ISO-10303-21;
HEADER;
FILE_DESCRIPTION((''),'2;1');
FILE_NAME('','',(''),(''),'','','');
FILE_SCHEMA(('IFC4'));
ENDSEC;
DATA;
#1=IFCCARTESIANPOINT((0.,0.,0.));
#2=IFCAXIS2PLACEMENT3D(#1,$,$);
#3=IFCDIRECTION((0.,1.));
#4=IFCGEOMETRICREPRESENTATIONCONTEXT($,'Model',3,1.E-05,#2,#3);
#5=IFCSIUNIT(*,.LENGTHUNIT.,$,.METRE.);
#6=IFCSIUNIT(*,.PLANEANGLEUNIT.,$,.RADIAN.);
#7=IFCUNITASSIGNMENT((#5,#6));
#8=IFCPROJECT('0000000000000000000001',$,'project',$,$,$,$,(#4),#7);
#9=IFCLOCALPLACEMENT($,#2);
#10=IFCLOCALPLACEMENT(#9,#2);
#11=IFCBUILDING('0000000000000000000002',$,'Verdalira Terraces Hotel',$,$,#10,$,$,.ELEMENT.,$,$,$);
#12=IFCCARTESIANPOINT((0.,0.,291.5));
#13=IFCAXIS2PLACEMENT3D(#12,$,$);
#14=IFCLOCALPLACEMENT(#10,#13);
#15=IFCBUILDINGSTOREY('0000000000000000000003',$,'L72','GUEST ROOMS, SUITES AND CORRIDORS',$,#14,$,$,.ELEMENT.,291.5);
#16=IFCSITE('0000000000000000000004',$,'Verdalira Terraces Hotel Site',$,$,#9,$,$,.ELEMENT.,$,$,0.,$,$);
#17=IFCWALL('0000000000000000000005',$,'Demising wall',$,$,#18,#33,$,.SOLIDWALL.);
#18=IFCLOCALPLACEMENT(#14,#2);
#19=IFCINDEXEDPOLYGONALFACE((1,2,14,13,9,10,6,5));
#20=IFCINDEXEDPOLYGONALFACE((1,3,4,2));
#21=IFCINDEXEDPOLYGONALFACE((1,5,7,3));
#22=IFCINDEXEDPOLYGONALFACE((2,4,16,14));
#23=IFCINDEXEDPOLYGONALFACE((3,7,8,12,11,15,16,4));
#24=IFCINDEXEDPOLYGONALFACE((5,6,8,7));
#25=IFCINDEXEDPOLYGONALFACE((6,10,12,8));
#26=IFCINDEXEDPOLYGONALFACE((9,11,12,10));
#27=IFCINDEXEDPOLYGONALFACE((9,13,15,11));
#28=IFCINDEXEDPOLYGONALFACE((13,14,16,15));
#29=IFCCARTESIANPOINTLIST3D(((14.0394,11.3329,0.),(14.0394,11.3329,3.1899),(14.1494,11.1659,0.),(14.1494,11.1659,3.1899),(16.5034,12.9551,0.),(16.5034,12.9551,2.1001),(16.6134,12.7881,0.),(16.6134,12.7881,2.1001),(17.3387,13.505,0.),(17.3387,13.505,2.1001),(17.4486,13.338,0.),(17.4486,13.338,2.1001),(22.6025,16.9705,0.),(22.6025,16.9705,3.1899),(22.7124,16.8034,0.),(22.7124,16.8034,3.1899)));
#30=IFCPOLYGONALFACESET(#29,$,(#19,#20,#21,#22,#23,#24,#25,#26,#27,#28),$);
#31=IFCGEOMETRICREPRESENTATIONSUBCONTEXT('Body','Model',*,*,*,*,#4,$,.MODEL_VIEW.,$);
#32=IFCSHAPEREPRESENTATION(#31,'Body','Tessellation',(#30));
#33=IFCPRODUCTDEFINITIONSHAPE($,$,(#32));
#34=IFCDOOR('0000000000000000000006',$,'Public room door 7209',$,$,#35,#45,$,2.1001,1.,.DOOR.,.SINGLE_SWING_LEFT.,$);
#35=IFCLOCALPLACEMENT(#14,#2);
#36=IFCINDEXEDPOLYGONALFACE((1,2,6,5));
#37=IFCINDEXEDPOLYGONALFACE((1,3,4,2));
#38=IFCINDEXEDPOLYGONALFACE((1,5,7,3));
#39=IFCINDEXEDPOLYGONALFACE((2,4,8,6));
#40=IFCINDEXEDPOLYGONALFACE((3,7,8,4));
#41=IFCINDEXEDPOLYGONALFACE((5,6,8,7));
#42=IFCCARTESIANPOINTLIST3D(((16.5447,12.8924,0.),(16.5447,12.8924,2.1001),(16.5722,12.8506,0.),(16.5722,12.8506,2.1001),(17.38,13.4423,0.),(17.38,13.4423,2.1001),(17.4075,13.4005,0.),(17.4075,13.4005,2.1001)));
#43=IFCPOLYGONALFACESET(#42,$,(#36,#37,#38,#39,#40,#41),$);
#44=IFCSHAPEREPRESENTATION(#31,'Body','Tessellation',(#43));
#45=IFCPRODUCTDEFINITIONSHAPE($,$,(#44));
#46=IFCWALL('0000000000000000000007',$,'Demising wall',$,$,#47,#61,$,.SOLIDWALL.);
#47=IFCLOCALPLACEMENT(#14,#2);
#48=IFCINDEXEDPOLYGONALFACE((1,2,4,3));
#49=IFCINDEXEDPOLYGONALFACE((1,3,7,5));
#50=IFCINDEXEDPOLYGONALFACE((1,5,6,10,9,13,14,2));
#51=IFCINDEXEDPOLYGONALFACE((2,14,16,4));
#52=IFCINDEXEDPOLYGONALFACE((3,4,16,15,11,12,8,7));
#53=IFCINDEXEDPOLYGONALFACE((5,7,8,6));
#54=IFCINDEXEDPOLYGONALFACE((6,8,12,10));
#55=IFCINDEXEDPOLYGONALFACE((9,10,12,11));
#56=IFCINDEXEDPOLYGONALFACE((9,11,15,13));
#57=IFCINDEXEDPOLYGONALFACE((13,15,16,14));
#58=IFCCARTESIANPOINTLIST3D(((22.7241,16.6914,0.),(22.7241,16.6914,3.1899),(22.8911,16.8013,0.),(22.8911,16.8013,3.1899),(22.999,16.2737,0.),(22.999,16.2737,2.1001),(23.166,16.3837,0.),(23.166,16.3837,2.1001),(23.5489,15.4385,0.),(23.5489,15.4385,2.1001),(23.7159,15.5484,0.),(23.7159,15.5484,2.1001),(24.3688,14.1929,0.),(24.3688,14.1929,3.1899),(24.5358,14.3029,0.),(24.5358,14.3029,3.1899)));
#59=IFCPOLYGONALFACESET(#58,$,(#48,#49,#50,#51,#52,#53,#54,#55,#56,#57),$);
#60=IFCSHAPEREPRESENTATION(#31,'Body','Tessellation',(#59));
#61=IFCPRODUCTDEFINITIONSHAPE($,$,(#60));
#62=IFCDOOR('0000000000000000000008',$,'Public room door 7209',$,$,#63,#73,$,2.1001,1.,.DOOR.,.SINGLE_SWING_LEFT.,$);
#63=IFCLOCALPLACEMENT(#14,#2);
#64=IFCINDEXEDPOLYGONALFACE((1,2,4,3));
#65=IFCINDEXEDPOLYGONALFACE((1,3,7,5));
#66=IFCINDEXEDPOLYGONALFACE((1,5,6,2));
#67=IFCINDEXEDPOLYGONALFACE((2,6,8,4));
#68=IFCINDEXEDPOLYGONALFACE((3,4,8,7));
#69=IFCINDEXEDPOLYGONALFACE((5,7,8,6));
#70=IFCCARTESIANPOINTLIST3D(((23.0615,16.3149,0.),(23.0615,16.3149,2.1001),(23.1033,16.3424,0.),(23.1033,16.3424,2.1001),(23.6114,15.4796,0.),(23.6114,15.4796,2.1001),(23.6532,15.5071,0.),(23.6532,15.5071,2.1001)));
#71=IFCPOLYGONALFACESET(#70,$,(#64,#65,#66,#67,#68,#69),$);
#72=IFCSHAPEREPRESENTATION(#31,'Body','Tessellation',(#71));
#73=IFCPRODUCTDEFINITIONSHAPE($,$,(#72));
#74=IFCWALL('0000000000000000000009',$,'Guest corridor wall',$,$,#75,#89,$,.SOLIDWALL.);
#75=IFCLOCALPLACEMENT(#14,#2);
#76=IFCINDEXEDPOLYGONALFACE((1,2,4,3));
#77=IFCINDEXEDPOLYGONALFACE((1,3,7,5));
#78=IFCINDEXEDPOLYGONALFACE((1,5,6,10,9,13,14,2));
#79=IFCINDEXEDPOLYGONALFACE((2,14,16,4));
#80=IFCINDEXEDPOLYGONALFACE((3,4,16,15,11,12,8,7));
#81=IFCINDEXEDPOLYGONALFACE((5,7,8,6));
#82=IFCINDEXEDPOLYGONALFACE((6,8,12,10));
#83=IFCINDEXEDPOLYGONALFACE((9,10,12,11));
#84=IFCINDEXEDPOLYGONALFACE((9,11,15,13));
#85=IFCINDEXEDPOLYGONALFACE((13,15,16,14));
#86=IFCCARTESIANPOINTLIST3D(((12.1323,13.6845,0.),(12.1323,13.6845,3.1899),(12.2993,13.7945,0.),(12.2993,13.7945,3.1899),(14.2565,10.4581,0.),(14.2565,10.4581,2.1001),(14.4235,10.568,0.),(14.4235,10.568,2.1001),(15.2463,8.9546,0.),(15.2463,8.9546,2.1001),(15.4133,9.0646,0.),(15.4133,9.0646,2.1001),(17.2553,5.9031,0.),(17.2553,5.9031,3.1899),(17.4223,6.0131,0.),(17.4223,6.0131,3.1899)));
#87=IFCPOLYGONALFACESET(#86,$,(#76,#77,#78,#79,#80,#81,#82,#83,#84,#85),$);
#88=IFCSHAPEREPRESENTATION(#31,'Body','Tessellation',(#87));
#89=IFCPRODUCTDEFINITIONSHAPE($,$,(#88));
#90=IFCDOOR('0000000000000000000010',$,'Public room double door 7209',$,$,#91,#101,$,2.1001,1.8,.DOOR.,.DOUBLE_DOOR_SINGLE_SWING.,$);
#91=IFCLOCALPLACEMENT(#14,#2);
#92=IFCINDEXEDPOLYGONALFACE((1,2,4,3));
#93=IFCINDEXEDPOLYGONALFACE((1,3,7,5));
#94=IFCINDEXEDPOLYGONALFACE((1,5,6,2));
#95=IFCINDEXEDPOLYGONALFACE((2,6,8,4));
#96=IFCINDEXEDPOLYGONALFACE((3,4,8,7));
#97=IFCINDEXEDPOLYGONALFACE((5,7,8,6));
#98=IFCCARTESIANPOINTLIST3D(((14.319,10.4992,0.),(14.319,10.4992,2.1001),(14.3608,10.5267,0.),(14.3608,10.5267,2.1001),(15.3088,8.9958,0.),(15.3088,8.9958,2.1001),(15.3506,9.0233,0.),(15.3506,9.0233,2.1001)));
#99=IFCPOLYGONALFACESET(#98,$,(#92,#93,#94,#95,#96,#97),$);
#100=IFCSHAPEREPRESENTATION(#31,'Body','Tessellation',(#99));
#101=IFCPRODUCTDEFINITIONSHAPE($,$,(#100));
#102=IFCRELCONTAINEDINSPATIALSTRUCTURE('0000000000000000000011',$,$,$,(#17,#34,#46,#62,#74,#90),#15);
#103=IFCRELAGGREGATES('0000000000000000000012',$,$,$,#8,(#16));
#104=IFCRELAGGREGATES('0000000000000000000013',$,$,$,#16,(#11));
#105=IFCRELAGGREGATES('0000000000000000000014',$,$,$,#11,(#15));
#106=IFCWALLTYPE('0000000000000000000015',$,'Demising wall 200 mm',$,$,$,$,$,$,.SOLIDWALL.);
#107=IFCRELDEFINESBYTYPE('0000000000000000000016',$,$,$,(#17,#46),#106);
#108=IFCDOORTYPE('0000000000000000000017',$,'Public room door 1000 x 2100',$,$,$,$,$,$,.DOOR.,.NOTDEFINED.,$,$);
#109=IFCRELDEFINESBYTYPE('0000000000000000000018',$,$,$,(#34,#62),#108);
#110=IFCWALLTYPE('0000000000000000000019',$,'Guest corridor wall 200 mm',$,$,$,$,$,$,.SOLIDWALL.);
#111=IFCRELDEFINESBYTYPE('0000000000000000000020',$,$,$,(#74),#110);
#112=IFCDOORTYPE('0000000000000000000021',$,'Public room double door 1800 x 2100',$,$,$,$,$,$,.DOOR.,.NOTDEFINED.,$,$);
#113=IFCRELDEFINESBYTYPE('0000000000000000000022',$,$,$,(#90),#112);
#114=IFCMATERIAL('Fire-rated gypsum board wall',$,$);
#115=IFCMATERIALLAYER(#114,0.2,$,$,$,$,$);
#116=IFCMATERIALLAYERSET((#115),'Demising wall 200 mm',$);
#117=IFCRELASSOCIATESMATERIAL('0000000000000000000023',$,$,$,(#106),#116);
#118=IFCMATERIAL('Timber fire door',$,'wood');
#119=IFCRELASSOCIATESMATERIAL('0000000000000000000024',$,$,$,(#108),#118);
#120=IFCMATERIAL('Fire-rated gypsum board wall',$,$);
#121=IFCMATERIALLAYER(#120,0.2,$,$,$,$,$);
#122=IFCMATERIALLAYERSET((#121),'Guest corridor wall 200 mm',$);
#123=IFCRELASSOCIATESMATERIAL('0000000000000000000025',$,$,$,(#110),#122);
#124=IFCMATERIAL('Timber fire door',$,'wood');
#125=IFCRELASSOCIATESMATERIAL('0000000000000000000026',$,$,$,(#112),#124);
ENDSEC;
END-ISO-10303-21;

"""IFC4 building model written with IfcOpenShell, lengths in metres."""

from ifc_helpers import new_model, si_unit, direction, frame, frame_2d, origin, place, context, subcontext, project, spatial, rectangle, extrude, material, layer, layer_set, type_object, element, fill, save


model = new_model("IFC4")

# Units and contexts
model_context = context("Model", 3, precision=1e-05, world=origin(), true_north=direction((0.0, 1.0)))
body_context = subcontext(model_context, "Body", "Model", "MODEL_VIEW")
ifc_project = project(units=[si_unit("LENGTHUNIT", "METRE"), si_unit("PLANEANGLEUNIT", "RADIAN")], contexts=[model_context])

# Site, building, storey
site_placement = place(None, origin())
site = spatial("IfcSite", under=ifc_project, at=site_placement, Name="Verdalira Terraces Hotel Site", CompositionType="ELEMENT", RefElevation=0.0)
building_placement = place(site_placement, origin())
building = spatial("IfcBuilding", under=site, at=building_placement, Name="Verdalira Terraces Hotel", CompositionType="ELEMENT")
storey_placement = place(building_placement, frame((0.0, 0.0, 291.5)))
storey = spatial("IfcBuildingStorey", under=building, at=storey_placement, Name="L72", Description="GUEST ROOMS, SUITES AND CORRIDORS", CompositionType="ELEMENT", Elevation=291.5)

# Shared definitions
ifc_material_1 = material(Name="Fire-rated gypsum board wall")
ifc_layer_1 = layer(ifc_material_1, 0.2)
ifc_layer_set_1 = layer_set([ifc_layer_1], Name="Demising wall 200 mm")
wall_type_1 = type_object("IfcWallType", Name="Demising wall 200 mm", PredefinedType="SOLIDWALL", material=ifc_layer_set_1)

# Walls, openings, doors
wall_1_placement = place(storey_placement, frame((14.0945, 11.2495, 0.0), z_axis=(0.0, 0.0, 1.0), x_axis=(0.835242, 0.549882, 0.0)))
wall_1 = element("IfcWall", 1, at=wall_1_placement, inside=storey, type_object=wall_type_1, Name="Demising wall", PredefinedType="SOLIDWALL", context=body_context, shape_type="SweptSolid", body=[
    extrude(rectangle(XDim=10.2522, YDim=0.2, at=frame_2d((5.126, 0.0))), origin(), (0.0, 0.0, 1.0), 3.1899),
])
opening_1_placement = place(wall_1_placement, frame((2.95, 0.0, 0.0)))
opening_1 = element("IfcOpeningElement", 2, at=opening_1_placement, cuts=wall_1, PredefinedType="OPENING", context=body_context, shape_type="SweptSolid", body=[
    extrude(rectangle(XDim=1.0, YDim=2.1001, at=frame_2d((0.5, 1.05))), frame((0.0, 0.1099, 0.0), z_axis=(0.0, -1.0, 0.0), x_axis=(1.0, 0.0, 0.0)), (0.0, 0.0, 1.0), 0.22),
])
ifc_material_2 = material(Name="Timber fire door", Category="wood")
door_type_1 = type_object("IfcDoorType", Name="Public room door 1000 x 2100", OperationType="NOTDEFINED", PredefinedType="DOOR", material=ifc_material_2)
door_1_placement = place(opening_1_placement, origin())
door_1 = element("IfcDoor", 3, at=door_1_placement, inside=storey, type_object=door_type_1, Name="Public room door 7209", OperationType="SINGLE_SWING_LEFT", OverallHeight=2.1001, OverallWidth=1.0, PredefinedType="DOOR", context=body_context, shape_type="SweptSolid", body=[
    extrude(rectangle(XDim=1.0, YDim=2.1001, at=frame_2d((0.5, 1.05))), frame((0.0, 0.0249, 0.0), z_axis=(0.0, -1.0, 0.0), x_axis=(1.0, 0.0, 0.0)), (0.0, 0.0, 1.0), 0.05),
])
fill(opening_1, door_1)
wall_2_placement = place(storey_placement, frame((22.8076, 16.7463, 0.0), z_axis=(0.0, 0.0, 1.0), x_axis=(0.54985, -0.835263, 0.0)))
wall_2 = element("IfcWall", 4, at=wall_2_placement, inside=storey, type_object=wall_type_1, Name="Demising wall", PredefinedType="SOLIDWALL", context=body_context, shape_type="SweptSolid", body=[
    extrude(rectangle(XDim=2.9912, YDim=0.2, at=frame_2d((1.4956, 0.0))), origin(), (0.0, 0.0, 1.0), 3.1899),
])
opening_2_placement = place(wall_2_placement, frame((0.5, 0.0, 0.0)))
opening_2 = element("IfcOpeningElement", 5, at=opening_2_placement, cuts=wall_2, PredefinedType="OPENING", context=body_context, shape_type="SweptSolid", body=[
    extrude(rectangle(XDim=1.0, YDim=2.1001, at=frame_2d((0.5, 1.05))), frame((0.0, 0.1099, 0.0), z_axis=(0.0, -1.0, 0.0), x_axis=(1.0, 0.0, 0.0)), (0.0, 0.0, 1.0), 0.22),
])
door_2_placement = place(opening_2_placement, origin())
door_2 = element("IfcDoor", 6, at=door_2_placement, inside=storey, type_object=door_type_1, Name="Public room door 7209", OperationType="SINGLE_SWING_LEFT", OverallHeight=2.1001, OverallWidth=1.0, PredefinedType="DOOR", context=body_context, shape_type="SweptSolid", body=[
    extrude(rectangle(XDim=1.0, YDim=2.1001, at=frame_2d((0.5, 1.05))), frame((0.0, 0.0249, 0.0), z_axis=(0.0, -1.0, 0.0), x_axis=(1.0, 0.0, 0.0)), (0.0, 0.0, 1.0), 0.05),
])
fill(opening_2, door_2)
ifc_material_3 = material(Name="Fire-rated gypsum board wall")
ifc_layer_2 = layer(ifc_material_3, 0.2)
ifc_layer_set_2 = layer_set([ifc_layer_2], Name="Guest corridor wall 200 mm")
wall_type_2 = type_object("IfcWallType", Name="Guest corridor wall 200 mm", PredefinedType="SOLIDWALL", material=ifc_layer_set_2)
wall_3_placement = place(storey_placement, frame((12.2158, 13.7395, 0.0), z_axis=(0.0, 0.0, 1.0), x_axis=(0.549889, -0.835238, 0.0)))
wall_3 = element("IfcWall", 7, at=wall_3_placement, inside=storey, type_object=wall_type_2, Name="Guest corridor wall", PredefinedType="SOLIDWALL", context=body_context, shape_type="SweptSolid", body=[
    extrude(rectangle(XDim=9.3164, YDim=0.2, at=frame_2d((4.6582, 0.0))), origin(), (0.0, 0.0, 1.0), 3.1899),
])
opening_3_placement = place(wall_3_placement, frame((3.863, 0.0, 0.0)))
opening_3 = element("IfcOpeningElement", 8, at=opening_3_placement, cuts=wall_3, PredefinedType="OPENING", context=body_context, shape_type="SweptSolid", body=[
    extrude(rectangle(XDim=1.8, YDim=2.1001, at=frame_2d((0.8999, 1.05))), frame((0.0, 0.1099, 0.0), z_axis=(0.0, -1.0, 0.0), x_axis=(1.0, 0.0, 0.0)), (0.0, 0.0, 1.0), 0.22),
])
ifc_material_4 = material(Name="Timber fire door", Category="wood")
door_type_2 = type_object("IfcDoorType", Name="Public room double door 1800 x 2100", OperationType="NOTDEFINED", PredefinedType="DOOR", material=ifc_material_4)
door_3_placement = place(opening_3_placement, origin())
door_3 = element("IfcDoor", 9, at=door_3_placement, inside=storey, type_object=door_type_2, Name="Public room double door 7209", OperationType="DOUBLE_DOOR_SINGLE_SWING", OverallHeight=2.1001, OverallWidth=1.8, PredefinedType="DOOR", context=body_context, shape_type="SweptSolid", body=[
    extrude(rectangle(XDim=1.8, YDim=2.1001, at=frame_2d((0.8999, 1.05))), frame((0.0, 0.0249, 0.0), z_axis=(0.0, -1.0, 0.0), x_axis=(1.0, 0.0, 0.0)), (0.0, 0.0, 1.0), 0.05),
])
fill(opening_3, door_3)

save(model, "model.ifc")
